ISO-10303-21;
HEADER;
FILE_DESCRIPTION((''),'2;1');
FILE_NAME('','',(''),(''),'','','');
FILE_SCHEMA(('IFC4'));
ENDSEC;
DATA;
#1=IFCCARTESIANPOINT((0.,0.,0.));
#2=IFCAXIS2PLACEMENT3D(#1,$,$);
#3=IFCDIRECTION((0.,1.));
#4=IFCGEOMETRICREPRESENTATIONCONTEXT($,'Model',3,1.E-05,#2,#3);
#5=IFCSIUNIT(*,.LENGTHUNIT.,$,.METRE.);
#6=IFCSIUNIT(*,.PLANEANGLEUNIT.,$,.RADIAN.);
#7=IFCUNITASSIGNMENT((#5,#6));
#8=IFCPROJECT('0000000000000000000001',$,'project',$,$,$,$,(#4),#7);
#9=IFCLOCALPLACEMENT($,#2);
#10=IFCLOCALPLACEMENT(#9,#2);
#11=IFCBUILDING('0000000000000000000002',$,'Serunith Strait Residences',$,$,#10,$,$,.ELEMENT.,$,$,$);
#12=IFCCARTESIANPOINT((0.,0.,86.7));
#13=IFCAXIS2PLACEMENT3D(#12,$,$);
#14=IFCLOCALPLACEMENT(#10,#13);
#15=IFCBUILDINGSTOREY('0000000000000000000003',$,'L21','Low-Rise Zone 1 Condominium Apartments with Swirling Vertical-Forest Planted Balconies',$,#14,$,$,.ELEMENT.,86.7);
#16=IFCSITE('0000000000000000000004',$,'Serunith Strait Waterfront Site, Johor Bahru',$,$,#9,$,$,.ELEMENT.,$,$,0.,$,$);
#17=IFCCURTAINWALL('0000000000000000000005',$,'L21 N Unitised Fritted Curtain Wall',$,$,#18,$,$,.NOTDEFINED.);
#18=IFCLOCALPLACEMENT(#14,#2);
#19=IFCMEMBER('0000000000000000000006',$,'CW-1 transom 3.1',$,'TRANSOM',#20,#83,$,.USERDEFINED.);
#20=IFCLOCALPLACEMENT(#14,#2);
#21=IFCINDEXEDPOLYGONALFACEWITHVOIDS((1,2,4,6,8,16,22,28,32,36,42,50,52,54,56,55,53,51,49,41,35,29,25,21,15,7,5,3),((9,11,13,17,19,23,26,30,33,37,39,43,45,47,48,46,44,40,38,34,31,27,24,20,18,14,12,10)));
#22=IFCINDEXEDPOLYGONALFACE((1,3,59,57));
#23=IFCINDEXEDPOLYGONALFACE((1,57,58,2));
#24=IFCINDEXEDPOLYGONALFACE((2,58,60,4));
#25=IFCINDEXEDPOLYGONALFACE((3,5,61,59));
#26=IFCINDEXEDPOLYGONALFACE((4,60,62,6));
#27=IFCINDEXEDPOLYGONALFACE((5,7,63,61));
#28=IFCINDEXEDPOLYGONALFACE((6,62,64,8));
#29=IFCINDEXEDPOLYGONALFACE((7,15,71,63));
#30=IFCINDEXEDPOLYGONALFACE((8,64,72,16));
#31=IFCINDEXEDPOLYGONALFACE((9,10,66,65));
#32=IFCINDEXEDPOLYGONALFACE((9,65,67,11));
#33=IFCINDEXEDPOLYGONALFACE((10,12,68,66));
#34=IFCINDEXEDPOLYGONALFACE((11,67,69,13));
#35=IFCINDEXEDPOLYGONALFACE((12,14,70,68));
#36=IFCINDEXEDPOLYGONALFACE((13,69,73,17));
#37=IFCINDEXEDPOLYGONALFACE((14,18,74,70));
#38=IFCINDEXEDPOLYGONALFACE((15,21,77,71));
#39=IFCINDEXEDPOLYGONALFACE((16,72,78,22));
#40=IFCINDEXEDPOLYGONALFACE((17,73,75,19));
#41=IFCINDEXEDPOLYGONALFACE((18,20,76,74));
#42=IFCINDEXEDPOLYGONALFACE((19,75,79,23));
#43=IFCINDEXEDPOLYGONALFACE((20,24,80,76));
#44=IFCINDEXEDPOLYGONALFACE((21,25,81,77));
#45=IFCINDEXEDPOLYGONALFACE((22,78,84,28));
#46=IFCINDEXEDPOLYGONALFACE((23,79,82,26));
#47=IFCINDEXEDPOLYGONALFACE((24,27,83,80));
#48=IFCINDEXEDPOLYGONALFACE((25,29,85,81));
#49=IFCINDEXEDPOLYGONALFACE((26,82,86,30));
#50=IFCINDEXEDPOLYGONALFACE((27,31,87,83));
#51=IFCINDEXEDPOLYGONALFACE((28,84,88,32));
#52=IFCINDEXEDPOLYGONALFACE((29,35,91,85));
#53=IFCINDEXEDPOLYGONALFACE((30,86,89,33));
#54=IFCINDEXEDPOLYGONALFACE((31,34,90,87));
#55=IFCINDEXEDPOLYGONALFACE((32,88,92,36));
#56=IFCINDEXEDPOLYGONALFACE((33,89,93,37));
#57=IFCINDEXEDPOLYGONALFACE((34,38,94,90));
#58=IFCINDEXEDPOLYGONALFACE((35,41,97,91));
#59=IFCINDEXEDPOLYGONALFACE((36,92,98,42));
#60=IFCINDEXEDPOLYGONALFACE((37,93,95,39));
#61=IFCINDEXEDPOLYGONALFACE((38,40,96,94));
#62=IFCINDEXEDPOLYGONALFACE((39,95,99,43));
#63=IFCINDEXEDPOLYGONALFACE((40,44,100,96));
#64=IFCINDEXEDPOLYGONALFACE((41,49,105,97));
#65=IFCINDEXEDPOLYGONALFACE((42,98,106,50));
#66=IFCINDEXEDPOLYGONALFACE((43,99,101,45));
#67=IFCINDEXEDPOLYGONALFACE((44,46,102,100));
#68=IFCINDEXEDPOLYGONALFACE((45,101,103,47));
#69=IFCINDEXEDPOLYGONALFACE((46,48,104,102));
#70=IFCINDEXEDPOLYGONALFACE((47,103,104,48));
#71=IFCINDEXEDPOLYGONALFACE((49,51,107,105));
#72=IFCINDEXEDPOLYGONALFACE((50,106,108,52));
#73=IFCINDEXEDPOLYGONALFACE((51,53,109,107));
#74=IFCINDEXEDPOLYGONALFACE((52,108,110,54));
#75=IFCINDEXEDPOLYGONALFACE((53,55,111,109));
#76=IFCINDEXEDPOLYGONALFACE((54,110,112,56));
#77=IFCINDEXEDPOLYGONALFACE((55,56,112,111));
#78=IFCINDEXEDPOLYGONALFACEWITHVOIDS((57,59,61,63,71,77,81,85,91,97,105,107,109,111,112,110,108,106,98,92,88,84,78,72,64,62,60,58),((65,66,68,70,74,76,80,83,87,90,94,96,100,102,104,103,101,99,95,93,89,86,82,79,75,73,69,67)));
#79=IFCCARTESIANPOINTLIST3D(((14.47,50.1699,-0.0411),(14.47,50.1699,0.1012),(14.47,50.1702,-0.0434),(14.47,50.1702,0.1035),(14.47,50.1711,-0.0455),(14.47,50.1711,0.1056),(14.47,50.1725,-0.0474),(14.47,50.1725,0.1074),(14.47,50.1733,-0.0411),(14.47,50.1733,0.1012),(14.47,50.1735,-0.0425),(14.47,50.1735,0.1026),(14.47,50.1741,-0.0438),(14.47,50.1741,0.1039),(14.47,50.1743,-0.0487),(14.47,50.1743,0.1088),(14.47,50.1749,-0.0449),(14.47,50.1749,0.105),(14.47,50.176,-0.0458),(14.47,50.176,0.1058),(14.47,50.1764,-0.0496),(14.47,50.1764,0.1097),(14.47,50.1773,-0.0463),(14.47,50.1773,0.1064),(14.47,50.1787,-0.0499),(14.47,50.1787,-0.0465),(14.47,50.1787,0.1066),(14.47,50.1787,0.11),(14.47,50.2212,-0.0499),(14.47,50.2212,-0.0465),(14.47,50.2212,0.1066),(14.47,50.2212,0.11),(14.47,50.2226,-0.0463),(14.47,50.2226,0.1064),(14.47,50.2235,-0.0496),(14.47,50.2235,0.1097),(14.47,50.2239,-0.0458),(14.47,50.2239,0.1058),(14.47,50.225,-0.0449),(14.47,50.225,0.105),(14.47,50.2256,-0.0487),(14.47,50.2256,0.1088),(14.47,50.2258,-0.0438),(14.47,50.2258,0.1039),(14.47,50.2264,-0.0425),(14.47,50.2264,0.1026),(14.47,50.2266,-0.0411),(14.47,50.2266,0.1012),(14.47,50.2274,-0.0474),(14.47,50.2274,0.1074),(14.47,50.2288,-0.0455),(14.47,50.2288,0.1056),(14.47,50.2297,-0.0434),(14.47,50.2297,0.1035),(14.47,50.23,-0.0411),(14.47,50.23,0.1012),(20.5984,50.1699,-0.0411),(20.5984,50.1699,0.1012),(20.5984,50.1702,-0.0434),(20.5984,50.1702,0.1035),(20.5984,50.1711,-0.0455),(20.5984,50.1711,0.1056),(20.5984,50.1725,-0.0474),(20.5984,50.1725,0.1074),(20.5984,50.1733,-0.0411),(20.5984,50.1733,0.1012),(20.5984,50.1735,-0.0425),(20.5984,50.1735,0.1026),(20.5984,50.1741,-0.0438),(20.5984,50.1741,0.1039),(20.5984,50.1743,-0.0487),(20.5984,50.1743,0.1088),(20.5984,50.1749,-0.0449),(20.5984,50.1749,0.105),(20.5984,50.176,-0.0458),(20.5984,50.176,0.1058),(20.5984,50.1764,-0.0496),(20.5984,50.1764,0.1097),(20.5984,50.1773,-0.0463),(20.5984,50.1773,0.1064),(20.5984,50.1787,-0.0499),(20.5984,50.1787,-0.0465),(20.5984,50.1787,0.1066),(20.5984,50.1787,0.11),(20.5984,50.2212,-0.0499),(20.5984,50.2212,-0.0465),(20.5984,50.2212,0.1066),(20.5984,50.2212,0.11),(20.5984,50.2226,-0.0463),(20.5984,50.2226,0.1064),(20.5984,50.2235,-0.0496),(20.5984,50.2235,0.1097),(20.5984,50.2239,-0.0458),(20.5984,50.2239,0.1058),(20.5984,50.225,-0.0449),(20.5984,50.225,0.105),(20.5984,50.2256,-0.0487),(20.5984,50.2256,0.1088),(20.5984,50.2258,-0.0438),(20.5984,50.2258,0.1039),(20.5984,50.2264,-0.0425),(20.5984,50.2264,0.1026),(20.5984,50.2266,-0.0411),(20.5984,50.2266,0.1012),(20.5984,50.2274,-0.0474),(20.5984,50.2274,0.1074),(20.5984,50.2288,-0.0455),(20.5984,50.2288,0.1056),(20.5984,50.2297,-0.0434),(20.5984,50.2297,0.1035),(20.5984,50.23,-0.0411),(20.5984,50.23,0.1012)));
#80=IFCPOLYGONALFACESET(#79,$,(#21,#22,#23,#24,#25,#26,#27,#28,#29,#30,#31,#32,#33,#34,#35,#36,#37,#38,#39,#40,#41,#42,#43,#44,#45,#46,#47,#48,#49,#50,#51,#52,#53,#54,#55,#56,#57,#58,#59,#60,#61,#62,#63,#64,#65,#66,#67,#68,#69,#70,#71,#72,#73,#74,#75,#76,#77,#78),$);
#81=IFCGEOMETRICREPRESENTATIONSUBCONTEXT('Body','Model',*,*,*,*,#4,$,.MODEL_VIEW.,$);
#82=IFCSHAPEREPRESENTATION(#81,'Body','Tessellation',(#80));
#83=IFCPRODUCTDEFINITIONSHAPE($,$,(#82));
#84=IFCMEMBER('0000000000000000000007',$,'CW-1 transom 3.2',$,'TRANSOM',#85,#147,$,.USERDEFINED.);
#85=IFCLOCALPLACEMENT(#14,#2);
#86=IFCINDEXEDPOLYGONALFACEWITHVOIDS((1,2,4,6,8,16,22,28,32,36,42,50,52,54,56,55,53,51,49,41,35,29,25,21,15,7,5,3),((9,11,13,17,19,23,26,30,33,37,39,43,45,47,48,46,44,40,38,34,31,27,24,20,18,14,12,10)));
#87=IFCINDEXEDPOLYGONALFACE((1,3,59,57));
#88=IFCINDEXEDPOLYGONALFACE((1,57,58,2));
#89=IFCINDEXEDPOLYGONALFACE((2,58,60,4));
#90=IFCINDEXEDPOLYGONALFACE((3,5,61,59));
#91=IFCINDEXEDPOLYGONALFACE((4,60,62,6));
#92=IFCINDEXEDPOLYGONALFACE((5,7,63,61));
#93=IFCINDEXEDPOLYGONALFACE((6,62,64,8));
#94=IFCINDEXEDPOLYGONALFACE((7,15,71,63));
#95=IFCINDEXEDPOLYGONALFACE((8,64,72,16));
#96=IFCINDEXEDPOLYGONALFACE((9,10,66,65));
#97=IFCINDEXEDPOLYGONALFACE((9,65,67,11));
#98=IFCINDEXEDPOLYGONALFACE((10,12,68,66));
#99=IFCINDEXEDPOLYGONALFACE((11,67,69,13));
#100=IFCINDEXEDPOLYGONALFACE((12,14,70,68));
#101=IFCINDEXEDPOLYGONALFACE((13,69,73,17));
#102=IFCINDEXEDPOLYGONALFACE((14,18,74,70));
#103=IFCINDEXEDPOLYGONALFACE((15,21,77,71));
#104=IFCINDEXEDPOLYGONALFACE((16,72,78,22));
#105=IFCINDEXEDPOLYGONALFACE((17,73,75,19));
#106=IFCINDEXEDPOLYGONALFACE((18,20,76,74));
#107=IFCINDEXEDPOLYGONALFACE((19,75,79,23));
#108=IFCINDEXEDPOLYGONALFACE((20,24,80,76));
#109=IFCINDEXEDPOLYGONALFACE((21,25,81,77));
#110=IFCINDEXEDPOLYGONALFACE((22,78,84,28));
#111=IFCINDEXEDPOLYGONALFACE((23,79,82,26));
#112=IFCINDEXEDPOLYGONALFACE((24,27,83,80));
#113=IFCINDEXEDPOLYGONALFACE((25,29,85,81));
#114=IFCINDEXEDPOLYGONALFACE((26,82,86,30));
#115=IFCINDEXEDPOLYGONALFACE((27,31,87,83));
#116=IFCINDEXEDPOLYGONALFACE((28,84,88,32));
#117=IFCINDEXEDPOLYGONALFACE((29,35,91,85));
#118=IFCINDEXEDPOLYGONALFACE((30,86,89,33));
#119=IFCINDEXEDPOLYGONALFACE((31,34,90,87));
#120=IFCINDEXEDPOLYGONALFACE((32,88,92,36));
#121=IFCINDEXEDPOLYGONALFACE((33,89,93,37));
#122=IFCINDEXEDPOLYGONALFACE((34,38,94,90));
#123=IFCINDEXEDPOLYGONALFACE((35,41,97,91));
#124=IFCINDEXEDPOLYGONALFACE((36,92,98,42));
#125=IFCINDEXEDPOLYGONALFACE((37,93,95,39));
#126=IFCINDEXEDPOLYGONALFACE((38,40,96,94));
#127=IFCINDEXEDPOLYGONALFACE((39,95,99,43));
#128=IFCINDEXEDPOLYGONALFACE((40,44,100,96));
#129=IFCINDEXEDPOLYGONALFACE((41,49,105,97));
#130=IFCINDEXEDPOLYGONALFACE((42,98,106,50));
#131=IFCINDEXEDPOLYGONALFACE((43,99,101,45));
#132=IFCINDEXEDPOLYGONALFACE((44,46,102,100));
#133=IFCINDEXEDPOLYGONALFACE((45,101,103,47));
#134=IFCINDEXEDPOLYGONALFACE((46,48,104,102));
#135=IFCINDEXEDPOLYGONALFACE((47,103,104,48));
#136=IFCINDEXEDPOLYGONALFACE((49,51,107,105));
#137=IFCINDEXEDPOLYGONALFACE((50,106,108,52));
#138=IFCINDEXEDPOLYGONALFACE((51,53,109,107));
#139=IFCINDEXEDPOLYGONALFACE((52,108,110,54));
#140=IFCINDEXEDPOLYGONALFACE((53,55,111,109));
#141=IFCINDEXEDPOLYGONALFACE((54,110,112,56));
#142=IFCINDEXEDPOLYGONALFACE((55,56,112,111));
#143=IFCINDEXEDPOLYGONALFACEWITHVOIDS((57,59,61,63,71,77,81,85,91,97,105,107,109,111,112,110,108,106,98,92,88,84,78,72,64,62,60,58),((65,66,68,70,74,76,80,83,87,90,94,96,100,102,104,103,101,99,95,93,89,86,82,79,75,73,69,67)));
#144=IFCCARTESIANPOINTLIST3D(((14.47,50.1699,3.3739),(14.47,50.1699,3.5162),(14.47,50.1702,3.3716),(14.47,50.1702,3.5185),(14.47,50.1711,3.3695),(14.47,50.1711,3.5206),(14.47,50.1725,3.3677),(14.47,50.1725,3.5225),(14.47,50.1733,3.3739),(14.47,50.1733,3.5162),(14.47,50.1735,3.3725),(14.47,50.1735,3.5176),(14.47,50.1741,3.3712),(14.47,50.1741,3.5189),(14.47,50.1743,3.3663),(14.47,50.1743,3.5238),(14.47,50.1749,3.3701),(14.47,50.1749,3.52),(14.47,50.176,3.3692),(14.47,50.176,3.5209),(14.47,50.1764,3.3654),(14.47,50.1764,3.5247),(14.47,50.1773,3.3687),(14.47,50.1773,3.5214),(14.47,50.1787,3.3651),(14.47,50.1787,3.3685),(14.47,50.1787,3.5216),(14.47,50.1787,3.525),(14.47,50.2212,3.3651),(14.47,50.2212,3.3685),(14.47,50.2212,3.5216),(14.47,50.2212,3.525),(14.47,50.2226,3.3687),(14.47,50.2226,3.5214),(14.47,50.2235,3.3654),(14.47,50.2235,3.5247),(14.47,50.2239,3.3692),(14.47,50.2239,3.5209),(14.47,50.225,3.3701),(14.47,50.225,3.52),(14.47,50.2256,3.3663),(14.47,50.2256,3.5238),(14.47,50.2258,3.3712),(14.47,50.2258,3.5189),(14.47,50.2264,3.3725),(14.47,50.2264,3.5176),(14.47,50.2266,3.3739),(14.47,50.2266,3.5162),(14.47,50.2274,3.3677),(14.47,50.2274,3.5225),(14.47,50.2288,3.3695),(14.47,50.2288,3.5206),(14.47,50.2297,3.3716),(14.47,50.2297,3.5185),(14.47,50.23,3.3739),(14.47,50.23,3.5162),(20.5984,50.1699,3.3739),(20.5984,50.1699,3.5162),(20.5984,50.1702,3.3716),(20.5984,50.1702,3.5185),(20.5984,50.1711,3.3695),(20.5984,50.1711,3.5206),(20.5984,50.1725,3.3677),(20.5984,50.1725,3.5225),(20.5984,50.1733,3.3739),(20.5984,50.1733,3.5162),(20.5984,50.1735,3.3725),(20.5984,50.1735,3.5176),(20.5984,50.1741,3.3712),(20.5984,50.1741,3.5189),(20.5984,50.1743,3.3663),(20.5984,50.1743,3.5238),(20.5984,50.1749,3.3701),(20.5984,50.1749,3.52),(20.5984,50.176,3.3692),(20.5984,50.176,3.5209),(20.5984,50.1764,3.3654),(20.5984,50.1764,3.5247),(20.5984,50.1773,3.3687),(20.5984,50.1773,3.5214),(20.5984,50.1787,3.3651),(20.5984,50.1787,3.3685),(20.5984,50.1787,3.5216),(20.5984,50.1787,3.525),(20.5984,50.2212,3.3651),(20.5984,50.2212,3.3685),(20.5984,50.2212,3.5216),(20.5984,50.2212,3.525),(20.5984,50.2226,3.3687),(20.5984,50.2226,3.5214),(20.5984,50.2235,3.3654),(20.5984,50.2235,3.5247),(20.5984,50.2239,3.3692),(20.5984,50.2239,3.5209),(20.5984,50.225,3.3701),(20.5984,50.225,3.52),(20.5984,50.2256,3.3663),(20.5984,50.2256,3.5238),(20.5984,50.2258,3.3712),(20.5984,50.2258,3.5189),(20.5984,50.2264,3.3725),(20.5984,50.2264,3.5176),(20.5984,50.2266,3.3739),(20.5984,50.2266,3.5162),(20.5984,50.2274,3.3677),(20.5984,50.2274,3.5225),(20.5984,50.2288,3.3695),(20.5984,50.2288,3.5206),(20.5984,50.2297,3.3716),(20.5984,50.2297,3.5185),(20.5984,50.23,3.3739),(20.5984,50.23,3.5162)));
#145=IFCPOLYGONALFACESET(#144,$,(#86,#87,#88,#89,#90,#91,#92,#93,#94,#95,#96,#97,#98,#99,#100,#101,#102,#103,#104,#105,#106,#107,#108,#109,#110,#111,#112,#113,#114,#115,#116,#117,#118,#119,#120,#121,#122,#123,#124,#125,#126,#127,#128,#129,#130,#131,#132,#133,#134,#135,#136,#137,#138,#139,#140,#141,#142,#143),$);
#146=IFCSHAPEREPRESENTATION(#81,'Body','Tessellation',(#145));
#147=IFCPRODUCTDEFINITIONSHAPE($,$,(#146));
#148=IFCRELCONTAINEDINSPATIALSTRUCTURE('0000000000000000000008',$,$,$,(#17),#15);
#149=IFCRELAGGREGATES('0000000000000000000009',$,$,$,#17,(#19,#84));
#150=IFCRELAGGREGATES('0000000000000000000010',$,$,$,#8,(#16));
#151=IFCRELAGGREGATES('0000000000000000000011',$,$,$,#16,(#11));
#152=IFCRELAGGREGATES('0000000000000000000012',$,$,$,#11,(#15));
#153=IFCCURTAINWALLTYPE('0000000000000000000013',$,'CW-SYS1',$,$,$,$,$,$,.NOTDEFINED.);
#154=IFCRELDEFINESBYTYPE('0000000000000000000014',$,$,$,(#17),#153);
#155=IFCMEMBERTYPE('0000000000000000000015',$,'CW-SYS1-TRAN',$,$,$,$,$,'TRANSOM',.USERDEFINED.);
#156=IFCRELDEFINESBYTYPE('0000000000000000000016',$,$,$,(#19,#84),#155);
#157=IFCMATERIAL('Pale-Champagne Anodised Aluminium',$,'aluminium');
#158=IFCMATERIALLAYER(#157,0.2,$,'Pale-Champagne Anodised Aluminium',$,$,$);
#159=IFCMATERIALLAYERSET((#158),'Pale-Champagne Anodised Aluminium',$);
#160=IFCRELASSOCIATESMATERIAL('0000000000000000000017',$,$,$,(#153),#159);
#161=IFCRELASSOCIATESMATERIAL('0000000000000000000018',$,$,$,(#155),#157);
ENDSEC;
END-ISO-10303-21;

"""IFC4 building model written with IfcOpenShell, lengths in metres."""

from ifc_helpers import new_model, si_unit, direction, frame, origin, origin_2d, place, context, subcontext, project, spatial, hollow_rectangle, extrude, source, transform, mapped, material, layer, layer_set, material_profile, profile_set, type_object, element, aggregate, save


model = new_model("IFC4")

# Units and contexts
model_context = context("Model", 3, precision=1e-05, world=origin(), true_north=direction((0.0, 1.0)))
body_context = subcontext(model_context, "Body", "Model", "MODEL_VIEW")
ifc_project = project(units=[si_unit("LENGTHUNIT", "METRE"), si_unit("PLANEANGLEUNIT", "RADIAN")], contexts=[model_context])

# Site, building, storey
site_placement = place(None, origin())
site = spatial("IfcSite", under=ifc_project, at=site_placement, Name="Serunith Strait Waterfront Site, Johor Bahru", CompositionType="ELEMENT", RefElevation=0.0)
building_placement = place(site_placement, origin())
building = spatial("IfcBuilding", under=site, at=building_placement, Name="Serunith Strait Residences", CompositionType="ELEMENT")
storey_placement = place(building_placement, frame((0.0, 0.0, 86.7)))
storey = spatial("IfcBuildingStorey", under=building, at=storey_placement, Name="L21", Description="Low-Rise Zone 1 Condominium Apartments with Swirling Vertical-Forest Planted Balconies", CompositionType="ELEMENT", Elevation=86.7)

# Curtain wall, members
ifc_material_1 = material(Name="Pale-Champagne Anodised Aluminium", Category="aluminium")
ifc_layer_1 = layer(ifc_material_1, 0.2, Name="Pale-Champagne Anodised Aluminium")
ifc_layer_set_1 = layer_set([ifc_layer_1], Name="Pale-Champagne Anodised Aluminium")
curtain_wall_type = type_object("IfcCurtainWallType", Name="CW-SYS1", PredefinedType="NOTDEFINED", material=ifc_layer_set_1)
curtain_wall_placement = place(storey_placement, origin())
curtain_wall = element("IfcCurtainWall", 1, at=curtain_wall_placement, inside=storey, type_object=curtain_wall_type, Name="L21 N Unitised Fritted Curtain Wall", PredefinedType="NOTDEFINED")
ifc_material_profile_1 = material_profile(ifc_material_1, hollow_rectangle(XDim=0.0601, YDim=0.1599, WallThickness=0.0034, InnerFilletRadius=0.0054, OuterFilletRadius=0.0088, at=origin_2d()), Name="ALU 160x60x3.5")
ifc_profile_set_1 = profile_set([ifc_material_profile_1], Name="Pale-Champagne Anodised Aluminium")
member_type_1 = type_object("IfcMemberType", Name="CW-SYS1-TRAN", ElementType="TRANSOM", PredefinedType="USERDEFINED", material=ifc_profile_set_1)
shared_shape_1 = source(origin(), body_context, "Body", "SweptSolid", [
    extrude(hollow_rectangle(XDim=0.0601, YDim=0.1599, WallThickness=0.0034, InnerFilletRadius=0.0054, OuterFilletRadius=0.0088, at=origin_2d()), origin(), (0.0, 0.0, 1.0), 6.1284),
])
member_1_placement = place(storey_placement, frame((20.5984, 50.2, 0.03), z_axis=(-1.0, 0.0, 0.0), x_axis=(0.0, -1.0, 0.0)))
member_1 = element("IfcMember", 2, at=member_1_placement, type_object=member_type_1, Name="CW-1 transom 3.1", ObjectType="TRANSOM", PredefinedType="USERDEFINED", context=body_context, shape_type="MappedRepresentation", body=[
    mapped(shared_shape_1, transform((0.0, 0.0, 0.0), scale=1.0)),
])
member_2_placement = place(storey_placement, frame((20.5984, 50.2, 3.4451), z_axis=(-1.0, 0.0, 0.0), x_axis=(0.0, -1.0, 0.0)))
member_2 = element("IfcMember", 3, at=member_2_placement, type_object=member_type_1, Name="CW-1 transom 3.2", ObjectType="TRANSOM", PredefinedType="USERDEFINED", context=body_context, shape_type="MappedRepresentation", body=[
    mapped(shared_shape_1, transform((0.0, 0.0, 0.0), scale=1.0)),
])
aggregate(curtain_wall, [member_1, member_2])

save(model, "model.ifc")
